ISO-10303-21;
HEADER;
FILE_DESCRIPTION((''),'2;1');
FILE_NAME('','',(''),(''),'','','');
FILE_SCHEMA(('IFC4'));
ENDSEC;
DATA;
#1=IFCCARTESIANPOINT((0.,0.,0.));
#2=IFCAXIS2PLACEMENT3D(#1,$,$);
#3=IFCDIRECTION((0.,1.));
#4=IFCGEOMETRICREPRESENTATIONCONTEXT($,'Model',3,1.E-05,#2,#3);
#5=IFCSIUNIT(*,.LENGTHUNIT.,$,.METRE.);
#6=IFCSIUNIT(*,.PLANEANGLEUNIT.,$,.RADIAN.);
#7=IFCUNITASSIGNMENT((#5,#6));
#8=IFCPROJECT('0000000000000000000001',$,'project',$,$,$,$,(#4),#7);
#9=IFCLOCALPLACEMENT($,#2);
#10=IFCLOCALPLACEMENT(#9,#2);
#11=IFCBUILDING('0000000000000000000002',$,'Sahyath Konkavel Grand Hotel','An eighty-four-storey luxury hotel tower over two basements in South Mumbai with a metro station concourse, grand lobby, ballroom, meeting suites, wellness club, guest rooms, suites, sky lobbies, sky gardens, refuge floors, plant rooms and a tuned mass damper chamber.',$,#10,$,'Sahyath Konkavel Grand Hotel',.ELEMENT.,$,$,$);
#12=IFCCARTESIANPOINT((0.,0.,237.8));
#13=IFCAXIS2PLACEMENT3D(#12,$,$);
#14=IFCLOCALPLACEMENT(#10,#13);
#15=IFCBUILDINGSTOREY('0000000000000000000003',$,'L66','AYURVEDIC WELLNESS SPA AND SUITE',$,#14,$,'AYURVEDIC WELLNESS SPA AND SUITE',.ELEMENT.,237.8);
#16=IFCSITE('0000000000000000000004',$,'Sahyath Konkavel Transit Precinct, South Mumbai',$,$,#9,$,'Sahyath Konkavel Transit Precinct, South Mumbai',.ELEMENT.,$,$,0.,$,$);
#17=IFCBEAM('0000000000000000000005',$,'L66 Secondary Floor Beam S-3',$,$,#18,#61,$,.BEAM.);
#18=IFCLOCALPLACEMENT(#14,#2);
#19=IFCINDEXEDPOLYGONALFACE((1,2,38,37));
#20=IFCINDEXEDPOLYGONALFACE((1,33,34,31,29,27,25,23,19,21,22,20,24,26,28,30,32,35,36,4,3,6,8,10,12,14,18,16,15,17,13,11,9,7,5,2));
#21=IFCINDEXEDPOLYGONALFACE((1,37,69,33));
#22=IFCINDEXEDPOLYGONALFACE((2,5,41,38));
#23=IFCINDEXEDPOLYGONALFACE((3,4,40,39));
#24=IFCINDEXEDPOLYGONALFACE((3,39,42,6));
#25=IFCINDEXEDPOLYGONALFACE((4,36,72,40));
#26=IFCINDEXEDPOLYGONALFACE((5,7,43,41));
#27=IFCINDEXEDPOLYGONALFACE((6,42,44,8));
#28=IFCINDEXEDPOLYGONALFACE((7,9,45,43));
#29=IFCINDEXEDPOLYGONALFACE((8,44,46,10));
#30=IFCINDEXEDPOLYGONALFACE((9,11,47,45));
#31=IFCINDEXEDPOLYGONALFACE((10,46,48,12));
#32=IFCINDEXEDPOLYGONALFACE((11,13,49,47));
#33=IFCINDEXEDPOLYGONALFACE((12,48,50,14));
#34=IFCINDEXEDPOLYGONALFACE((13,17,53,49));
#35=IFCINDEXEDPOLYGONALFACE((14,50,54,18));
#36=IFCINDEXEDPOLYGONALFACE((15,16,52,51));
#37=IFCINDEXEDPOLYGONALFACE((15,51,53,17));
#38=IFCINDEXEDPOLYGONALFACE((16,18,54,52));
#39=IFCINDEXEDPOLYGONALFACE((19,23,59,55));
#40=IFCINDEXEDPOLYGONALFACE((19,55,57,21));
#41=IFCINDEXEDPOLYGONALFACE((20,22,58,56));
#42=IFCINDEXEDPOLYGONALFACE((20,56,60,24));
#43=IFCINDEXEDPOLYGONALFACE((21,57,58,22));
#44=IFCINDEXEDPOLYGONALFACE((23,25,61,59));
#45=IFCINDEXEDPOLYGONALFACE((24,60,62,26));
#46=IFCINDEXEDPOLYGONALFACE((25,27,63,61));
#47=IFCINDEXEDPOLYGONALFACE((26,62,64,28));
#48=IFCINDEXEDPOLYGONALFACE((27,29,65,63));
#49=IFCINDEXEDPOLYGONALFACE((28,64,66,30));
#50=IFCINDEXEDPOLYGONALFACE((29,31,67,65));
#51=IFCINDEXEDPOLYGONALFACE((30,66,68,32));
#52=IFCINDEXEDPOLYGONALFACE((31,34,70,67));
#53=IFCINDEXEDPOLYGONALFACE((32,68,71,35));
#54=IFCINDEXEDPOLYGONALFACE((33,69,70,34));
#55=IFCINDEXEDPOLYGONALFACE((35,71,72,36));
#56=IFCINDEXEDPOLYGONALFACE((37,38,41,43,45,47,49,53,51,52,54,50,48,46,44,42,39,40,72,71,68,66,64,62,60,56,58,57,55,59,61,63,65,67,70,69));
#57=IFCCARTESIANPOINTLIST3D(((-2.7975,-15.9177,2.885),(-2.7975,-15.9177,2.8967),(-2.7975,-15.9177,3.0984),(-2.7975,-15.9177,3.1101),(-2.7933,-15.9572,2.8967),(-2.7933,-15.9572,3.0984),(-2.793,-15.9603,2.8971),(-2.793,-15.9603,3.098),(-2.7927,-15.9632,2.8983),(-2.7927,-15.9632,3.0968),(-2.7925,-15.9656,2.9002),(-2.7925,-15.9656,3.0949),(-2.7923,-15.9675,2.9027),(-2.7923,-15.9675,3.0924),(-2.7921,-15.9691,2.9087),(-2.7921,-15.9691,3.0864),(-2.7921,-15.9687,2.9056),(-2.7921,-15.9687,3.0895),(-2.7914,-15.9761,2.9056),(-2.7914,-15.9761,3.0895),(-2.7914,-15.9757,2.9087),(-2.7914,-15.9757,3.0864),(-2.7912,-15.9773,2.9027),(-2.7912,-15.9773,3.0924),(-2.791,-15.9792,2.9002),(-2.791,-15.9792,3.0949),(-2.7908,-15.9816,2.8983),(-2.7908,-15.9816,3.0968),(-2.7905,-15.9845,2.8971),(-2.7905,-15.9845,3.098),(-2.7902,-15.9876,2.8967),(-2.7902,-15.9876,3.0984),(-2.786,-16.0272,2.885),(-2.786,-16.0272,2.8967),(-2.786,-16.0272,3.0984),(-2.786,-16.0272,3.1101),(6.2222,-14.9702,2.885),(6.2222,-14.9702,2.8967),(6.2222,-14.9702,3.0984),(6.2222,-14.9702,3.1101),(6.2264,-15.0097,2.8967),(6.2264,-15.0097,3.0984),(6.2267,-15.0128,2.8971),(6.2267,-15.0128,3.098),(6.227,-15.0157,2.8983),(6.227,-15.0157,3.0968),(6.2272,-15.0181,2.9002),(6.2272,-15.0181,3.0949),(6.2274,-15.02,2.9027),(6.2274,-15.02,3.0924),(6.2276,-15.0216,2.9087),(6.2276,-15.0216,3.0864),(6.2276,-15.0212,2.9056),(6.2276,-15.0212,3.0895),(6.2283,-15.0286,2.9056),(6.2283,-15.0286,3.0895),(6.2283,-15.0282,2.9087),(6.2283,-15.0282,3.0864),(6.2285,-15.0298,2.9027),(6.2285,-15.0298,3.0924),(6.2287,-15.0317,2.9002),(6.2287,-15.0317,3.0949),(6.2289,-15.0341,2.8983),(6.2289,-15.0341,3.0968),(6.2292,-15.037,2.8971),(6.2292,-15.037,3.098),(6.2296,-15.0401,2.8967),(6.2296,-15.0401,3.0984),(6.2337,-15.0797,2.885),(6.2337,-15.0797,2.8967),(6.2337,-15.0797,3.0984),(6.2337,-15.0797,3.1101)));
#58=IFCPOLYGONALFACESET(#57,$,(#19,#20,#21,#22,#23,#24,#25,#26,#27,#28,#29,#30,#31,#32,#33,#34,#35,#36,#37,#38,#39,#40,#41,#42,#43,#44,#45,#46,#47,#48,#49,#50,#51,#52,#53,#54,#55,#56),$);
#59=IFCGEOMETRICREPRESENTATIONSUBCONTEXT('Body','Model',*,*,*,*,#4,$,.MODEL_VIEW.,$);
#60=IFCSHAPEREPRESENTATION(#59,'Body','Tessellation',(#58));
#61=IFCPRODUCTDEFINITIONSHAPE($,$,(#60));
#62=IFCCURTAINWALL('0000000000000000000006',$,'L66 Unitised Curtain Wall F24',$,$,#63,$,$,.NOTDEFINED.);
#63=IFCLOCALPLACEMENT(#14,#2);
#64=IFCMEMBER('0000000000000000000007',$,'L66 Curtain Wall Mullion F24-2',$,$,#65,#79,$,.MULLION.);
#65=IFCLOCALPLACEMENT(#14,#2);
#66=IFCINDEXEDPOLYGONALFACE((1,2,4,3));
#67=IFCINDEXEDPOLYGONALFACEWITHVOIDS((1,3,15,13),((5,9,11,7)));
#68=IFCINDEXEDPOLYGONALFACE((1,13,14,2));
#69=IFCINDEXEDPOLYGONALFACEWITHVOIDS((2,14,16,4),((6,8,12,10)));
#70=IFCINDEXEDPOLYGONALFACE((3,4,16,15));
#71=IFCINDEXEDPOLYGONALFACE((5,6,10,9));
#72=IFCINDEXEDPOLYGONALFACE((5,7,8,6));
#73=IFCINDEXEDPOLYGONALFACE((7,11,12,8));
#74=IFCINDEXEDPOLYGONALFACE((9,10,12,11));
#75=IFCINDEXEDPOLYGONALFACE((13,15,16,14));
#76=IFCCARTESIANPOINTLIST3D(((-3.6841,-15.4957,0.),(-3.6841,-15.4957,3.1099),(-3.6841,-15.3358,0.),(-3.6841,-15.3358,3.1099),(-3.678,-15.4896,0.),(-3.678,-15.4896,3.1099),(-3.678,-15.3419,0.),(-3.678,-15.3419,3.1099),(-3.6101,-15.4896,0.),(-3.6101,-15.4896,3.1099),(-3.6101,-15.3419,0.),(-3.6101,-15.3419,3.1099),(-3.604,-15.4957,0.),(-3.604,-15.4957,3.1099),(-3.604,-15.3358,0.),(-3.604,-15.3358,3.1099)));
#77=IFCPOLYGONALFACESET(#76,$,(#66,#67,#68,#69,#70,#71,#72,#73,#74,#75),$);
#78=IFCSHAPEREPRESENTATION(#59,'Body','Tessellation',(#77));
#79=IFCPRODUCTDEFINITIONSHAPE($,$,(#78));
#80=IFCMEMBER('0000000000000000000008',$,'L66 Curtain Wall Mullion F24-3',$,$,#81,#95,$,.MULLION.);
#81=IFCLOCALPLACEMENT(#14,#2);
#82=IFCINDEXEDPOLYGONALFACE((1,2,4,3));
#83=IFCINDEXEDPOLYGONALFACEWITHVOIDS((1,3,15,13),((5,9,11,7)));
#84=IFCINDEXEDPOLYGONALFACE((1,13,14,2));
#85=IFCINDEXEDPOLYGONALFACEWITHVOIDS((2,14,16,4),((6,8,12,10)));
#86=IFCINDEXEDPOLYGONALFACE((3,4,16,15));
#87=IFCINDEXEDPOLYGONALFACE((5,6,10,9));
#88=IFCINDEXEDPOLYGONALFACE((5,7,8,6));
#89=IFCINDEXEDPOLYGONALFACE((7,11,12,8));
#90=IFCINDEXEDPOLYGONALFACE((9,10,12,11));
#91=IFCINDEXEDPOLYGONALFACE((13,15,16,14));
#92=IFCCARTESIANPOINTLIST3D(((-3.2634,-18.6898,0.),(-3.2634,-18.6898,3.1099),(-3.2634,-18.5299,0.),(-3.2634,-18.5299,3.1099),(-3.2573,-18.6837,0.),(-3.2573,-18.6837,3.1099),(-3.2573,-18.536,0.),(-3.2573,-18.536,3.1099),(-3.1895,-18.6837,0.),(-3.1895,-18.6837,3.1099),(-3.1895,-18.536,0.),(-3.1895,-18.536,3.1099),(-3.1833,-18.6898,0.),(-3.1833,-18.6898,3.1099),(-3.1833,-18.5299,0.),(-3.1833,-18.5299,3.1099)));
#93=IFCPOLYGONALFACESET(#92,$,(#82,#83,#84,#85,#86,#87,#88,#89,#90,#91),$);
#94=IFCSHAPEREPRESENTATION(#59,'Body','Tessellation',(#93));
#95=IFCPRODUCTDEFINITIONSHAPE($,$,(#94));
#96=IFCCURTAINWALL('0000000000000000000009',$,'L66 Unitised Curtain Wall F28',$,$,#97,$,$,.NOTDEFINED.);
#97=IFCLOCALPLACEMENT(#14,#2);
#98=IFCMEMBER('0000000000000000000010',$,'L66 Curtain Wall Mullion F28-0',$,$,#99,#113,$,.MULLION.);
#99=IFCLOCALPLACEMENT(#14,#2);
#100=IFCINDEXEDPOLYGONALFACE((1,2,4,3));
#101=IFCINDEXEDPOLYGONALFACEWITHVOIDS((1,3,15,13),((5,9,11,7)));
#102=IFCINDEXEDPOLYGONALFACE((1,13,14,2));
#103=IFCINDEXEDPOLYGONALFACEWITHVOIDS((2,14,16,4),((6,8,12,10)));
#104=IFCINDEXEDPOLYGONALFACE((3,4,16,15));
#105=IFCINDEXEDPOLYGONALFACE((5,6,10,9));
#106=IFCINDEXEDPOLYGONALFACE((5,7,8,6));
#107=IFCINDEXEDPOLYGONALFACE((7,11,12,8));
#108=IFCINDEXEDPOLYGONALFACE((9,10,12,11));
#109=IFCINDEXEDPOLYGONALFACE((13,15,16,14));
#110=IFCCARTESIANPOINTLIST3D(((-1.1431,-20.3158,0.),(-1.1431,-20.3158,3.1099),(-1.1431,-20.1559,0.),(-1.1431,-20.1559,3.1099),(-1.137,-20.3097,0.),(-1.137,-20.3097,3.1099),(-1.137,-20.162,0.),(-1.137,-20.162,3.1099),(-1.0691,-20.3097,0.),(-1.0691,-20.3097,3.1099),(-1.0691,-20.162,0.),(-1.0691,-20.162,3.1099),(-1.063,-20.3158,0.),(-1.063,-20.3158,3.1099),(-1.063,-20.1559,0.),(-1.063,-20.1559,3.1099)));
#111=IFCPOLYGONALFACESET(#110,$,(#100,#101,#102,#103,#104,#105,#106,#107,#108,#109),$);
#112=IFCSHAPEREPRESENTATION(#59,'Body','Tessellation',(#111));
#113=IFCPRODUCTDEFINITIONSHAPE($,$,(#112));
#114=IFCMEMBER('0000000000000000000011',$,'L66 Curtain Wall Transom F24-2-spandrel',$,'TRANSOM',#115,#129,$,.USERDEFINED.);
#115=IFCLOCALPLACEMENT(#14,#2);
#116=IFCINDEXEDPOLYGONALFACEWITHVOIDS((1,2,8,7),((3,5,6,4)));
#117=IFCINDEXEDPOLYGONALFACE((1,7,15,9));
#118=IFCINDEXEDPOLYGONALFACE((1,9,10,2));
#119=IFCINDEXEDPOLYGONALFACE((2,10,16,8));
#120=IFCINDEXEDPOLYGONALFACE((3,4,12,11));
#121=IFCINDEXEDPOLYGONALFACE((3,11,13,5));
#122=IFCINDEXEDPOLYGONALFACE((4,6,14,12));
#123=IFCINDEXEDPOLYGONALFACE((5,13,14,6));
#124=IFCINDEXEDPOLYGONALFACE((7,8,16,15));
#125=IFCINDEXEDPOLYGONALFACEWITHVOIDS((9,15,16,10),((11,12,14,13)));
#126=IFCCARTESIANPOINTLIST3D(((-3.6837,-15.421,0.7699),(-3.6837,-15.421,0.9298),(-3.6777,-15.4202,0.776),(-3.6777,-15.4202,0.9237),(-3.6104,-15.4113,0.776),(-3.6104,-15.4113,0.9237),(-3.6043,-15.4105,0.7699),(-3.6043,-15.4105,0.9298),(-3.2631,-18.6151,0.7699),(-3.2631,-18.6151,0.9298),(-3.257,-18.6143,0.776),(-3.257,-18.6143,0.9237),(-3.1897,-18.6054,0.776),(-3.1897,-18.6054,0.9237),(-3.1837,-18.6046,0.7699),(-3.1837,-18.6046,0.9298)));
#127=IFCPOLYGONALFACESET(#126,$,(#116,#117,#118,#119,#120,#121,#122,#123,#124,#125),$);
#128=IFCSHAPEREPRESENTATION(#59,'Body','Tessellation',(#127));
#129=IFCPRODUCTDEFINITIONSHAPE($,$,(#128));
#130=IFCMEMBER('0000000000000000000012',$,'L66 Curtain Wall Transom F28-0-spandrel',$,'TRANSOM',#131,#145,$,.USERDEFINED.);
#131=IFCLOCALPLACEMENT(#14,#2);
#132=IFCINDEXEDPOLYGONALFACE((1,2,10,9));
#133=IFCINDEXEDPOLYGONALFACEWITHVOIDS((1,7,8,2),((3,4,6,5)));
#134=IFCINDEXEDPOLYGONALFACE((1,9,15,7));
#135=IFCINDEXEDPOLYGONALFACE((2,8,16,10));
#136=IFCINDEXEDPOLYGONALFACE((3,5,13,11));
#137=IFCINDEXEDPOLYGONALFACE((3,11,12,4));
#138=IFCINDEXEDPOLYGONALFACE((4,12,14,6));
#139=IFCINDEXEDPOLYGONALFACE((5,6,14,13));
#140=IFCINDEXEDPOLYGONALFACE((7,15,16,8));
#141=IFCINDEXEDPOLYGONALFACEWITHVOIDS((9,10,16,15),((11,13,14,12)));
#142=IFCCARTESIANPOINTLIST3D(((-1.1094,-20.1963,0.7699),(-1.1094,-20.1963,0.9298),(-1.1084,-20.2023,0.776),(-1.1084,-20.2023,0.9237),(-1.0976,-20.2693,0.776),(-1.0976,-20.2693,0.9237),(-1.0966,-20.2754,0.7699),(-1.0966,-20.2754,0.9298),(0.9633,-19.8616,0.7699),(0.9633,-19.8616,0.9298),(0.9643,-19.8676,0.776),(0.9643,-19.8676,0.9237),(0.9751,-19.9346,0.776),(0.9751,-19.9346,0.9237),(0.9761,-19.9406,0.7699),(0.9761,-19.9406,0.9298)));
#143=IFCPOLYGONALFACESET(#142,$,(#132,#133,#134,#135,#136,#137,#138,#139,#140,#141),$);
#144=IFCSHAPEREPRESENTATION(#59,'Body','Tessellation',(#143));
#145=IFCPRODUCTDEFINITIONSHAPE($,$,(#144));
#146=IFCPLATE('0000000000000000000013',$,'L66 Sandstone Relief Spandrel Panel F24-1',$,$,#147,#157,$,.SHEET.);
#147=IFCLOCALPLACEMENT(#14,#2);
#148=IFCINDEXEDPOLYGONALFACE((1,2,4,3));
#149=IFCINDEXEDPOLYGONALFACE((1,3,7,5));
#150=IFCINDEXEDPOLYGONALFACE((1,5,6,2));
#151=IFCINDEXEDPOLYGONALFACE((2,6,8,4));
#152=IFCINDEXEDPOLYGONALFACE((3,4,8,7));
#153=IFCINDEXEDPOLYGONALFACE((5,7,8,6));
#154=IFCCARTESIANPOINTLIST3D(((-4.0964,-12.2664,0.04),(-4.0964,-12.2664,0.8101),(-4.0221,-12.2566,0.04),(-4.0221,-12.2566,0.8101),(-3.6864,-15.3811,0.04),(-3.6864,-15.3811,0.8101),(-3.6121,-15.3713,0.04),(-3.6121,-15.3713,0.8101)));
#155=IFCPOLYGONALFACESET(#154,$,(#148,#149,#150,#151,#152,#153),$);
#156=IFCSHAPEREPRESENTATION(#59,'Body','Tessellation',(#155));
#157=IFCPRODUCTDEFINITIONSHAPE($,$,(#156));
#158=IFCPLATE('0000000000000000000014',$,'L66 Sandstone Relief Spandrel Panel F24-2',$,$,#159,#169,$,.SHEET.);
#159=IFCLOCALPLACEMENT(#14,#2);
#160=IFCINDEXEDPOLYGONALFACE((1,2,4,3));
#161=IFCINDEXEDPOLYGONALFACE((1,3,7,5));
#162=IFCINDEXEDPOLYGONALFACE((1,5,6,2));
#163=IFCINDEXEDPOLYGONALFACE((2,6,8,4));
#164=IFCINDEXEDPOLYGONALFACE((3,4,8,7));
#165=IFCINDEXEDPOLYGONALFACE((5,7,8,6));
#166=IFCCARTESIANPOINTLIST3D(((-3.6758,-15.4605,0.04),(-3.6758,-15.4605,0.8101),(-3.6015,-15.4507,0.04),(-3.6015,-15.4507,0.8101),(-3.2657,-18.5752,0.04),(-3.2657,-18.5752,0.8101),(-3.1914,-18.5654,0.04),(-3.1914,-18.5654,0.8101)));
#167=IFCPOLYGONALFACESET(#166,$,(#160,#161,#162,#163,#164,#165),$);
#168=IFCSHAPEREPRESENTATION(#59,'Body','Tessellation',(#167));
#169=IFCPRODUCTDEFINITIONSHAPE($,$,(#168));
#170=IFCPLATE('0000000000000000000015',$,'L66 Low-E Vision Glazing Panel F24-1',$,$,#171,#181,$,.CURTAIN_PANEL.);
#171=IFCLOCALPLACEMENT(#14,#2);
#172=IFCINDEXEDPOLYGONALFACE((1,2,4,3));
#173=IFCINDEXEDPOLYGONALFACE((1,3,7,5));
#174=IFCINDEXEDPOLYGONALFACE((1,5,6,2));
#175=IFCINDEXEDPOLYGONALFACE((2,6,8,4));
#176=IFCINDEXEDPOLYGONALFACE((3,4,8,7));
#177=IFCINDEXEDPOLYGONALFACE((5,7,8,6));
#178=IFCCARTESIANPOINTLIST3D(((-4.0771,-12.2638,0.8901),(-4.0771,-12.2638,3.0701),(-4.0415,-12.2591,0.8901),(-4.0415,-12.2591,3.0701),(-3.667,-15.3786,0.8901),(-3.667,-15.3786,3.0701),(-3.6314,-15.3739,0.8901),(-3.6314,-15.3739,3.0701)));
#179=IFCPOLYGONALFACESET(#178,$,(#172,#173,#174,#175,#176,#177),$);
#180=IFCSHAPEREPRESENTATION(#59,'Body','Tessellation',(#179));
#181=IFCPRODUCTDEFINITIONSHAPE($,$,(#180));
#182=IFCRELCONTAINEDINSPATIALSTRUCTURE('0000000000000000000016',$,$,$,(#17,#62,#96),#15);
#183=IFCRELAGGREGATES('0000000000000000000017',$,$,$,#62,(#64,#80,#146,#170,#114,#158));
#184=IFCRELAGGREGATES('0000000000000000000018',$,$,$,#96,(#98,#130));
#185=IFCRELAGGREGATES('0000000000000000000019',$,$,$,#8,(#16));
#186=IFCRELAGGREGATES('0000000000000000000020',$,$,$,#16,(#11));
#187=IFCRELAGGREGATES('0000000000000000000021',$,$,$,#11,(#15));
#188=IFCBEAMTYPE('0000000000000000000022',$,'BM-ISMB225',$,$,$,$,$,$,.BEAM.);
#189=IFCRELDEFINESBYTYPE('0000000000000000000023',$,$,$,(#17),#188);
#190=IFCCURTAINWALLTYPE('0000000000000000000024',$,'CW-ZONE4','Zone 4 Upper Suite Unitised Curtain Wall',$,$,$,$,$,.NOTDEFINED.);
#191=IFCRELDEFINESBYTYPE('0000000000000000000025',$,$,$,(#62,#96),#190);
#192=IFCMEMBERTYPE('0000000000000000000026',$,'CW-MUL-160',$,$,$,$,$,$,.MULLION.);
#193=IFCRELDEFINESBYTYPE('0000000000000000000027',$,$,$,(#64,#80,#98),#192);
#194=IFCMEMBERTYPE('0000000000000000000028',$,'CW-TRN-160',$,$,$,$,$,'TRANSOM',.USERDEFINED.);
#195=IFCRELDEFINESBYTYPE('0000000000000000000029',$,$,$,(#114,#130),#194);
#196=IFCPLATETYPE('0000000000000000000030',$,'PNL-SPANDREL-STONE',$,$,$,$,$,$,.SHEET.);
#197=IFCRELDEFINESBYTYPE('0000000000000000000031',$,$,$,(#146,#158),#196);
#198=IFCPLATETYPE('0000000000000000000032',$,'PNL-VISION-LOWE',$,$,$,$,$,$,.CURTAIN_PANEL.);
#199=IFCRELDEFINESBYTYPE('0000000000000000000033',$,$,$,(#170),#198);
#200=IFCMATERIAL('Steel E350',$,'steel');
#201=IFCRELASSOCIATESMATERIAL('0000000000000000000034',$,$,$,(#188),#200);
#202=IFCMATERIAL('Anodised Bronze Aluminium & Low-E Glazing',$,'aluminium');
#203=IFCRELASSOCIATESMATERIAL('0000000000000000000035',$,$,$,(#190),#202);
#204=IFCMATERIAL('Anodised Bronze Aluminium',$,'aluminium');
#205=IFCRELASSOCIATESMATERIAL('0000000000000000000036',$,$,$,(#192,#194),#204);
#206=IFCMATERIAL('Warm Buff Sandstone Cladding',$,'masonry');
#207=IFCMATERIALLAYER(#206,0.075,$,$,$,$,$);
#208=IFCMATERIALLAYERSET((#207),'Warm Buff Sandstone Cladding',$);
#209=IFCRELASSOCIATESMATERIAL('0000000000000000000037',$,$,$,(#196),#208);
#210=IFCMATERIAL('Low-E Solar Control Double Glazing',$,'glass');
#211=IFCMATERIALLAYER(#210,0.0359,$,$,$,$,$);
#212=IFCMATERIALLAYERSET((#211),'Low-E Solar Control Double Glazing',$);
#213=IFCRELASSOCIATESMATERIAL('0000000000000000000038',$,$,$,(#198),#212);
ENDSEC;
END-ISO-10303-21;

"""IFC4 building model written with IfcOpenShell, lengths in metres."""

from ifc_helpers import new_model, si_unit, direction, frame, origin, origin_2d, place, context, subcontext, project, spatial, rectangle, hollow_rectangle, i_section, extrude, source, transform, mapped, material, layer, layer_set, material_profile, profile_set, type_object, element, aggregate, save


model = new_model("IFC4")

# Units and contexts
model_context = context("Model", 3, precision=1e-05, world=origin(), true_north=direction((0.0, 1.0)))
body_context = subcontext(model_context, "Body", "Model", "MODEL_VIEW")
ifc_project = project(units=[si_unit("LENGTHUNIT", "METRE"), si_unit("PLANEANGLEUNIT", "RADIAN")], contexts=[model_context])

# Site, building, storey
site_placement = place(None, origin())
site = spatial("IfcSite", under=ifc_project, at=site_placement, Name="Sahyath Konkavel Transit Precinct, South Mumbai", LongName="Sahyath Konkavel Transit Precinct, South Mumbai", CompositionType="ELEMENT", RefElevation=0.0)
building_placement = place(site_placement, origin())
building = spatial("IfcBuilding", under=site, at=building_placement, Name="Sahyath Konkavel Grand Hotel", Description="An eighty-four-storey luxury hotel tower over two basements in South Mumbai with a metro station concourse, grand lobby, ballroom, meeting suites, wellness club, guest rooms, suites, sky lobbies, sky gardens, refuge floors, plant rooms and a tuned mass damper chamber.", LongName="Sahyath Konkavel Grand Hotel", CompositionType="ELEMENT")
storey_placement = place(building_placement, frame((0.0, 0.0, 237.8)))
storey = spatial("IfcBuildingStorey", under=building, at=storey_placement, Name="L66", Description="AYURVEDIC WELLNESS SPA AND SUITE", LongName="AYURVEDIC WELLNESS SPA AND SUITE", CompositionType="ELEMENT", Elevation=237.8)

# Beam
ifc_material_1 = material(Name="Steel E350", Category="steel")
ifc_material_profile_1 = material_profile(ifc_material_1, i_section(OverallWidth=0.1101, OverallDepth=0.2251, WebThickness=0.0066, FlangeThickness=0.0117, FilletRadius=0.012, at=origin_2d()), Name="ISMB 225")
ifc_profile_set_1 = profile_set([ifc_material_profile_1], Name="Steel E350")
beam_type_1 = type_object("IfcBeamType", Name="BM-ISMB225", PredefinedType="BEAM", material=ifc_profile_set_1)
shared_shape_1 = source(origin(), body_context, "Body", "SweptSolid", [
    extrude(i_section(OverallWidth=0.1101, OverallDepth=0.2251, WebThickness=0.0066, FlangeThickness=0.0117, FilletRadius=0.012, at=origin_2d()), origin(), (0.0, 0.0, 1.0), 9.0693),
])
beam_1_placement = place(storey_placement, frame((-2.7917, -15.9724, 2.9976), z_axis=(0.994528, 0.104473, 0.0), x_axis=(-0.104473, 0.994528, 0.0)))
element("IfcBeam", 1, at=beam_1_placement, inside=storey, type_object=beam_type_1, Name="L66 Secondary Floor Beam S-3", PredefinedType="BEAM", context=body_context, shape_type="MappedRepresentation", body=[
    mapped(shared_shape_1, transform((0.0, 0.0, 0.0), scale=1.0)),
])

# Curtain wall, members
ifc_material_2 = material(Name="Anodised Bronze Aluminium & Low-E Glazing", Category="aluminium")
curtain_wall_type = type_object("IfcCurtainWallType", Name="CW-ZONE4", Description="Zone 4 Upper Suite Unitised Curtain Wall", PredefinedType="NOTDEFINED", material=ifc_material_2)
curtain_wall_1_placement = place(storey_placement, origin())
curtain_wall_1 = element("IfcCurtainWall", 2, at=curtain_wall_1_placement, inside=storey, type_object=curtain_wall_type, Name="L66 Unitised Curtain Wall F24", PredefinedType="NOTDEFINED")
ifc_material_3 = material(Name="Anodised Bronze Aluminium", Category="aluminium")
ifc_material_profile_2 = material_profile(ifc_material_3, hollow_rectangle(XDim=0.0801, YDim=0.1599, WallThickness=0.0061, at=origin_2d()), Name="RHS 160x80x6")
ifc_profile_set_2 = profile_set([ifc_material_profile_2], Name="Anodised Bronze Aluminium")
member_type_1 = type_object("IfcMemberType", Name="CW-MUL-160", PredefinedType="MULLION", material=ifc_profile_set_2)
shared_shape_2 = source(origin(), body_context, "Body", "SweptSolid", [
    extrude(hollow_rectangle(XDim=0.0801, YDim=0.1599, WallThickness=0.0061, at=origin_2d()), origin(), (0.0, 0.0, 1.0), 3.1099),
])
member_1_placement = place(storey_placement, frame((-3.644, -15.4158, 0.0), z_axis=(0.0, 0.0, 1.0), x_axis=(1.0, 0.0, 0.0)))
member_1 = element("IfcMember", 3, at=member_1_placement, type_object=member_type_1, Name="L66 Curtain Wall Mullion F24-2", PredefinedType="MULLION", context=body_context, shape_type="MappedRepresentation", body=[
    mapped(shared_shape_2, transform((0.0, 0.0, 0.0), scale=1.0)),
])
member_2_placement = place(storey_placement, frame((-3.2234, -18.6099, 0.0), z_axis=(0.0, 0.0, 1.0), x_axis=(1.0, 0.0, 0.0)))
member_2 = element("IfcMember", 4, at=member_2_placement, type_object=member_type_1, Name="L66 Curtain Wall Mullion F24-3", PredefinedType="MULLION", context=body_context, shape_type="MappedRepresentation", body=[
    mapped(shared_shape_2, transform((0.0, 0.0, 0.0), scale=1.0)),
])

# Curtain wall, member
curtain_wall_2_placement = place(storey_placement, origin())
curtain_wall_2 = element("IfcCurtainWall", 5, at=curtain_wall_2_placement, inside=storey, type_object=curtain_wall_type, Name="L66 Unitised Curtain Wall F28", PredefinedType="NOTDEFINED")
member_3_placement = place(storey_placement, frame((-1.103, -20.2358, 0.0), z_axis=(0.0, 0.0, 1.0), x_axis=(1.0, 0.0, 0.0)))
member_3 = element("IfcMember", 6, at=member_3_placement, type_object=member_type_1, Name="L66 Curtain Wall Mullion F28-0", PredefinedType="MULLION", context=body_context, shape_type="MappedRepresentation", body=[
    mapped(shared_shape_2, transform((0.0, 0.0, 0.0), scale=1.0)),
])

# Members
ifc_material_profile_3 = material_profile(ifc_material_3, hollow_rectangle(XDim=0.0801, YDim=0.1599, WallThickness=0.0061, at=origin_2d()), Name="RHS 160x80x6")
ifc_profile_set_3 = profile_set([ifc_material_profile_3], Name="Anodised Bronze Aluminium")
member_type_2 = type_object("IfcMemberType", Name="CW-TRN-160", ElementType="TRANSOM", PredefinedType="USERDEFINED", material=ifc_profile_set_3)
shared_shape_3 = source(origin(), body_context, "Body", "SweptSolid", [
    extrude(hollow_rectangle(XDim=0.0801, YDim=0.1599, WallThickness=0.0061, at=origin_2d()), origin(), (0.0, 0.0, 1.0), 3.2217),
])
member_4_placement = place(storey_placement, frame((-3.644, -15.4158, 0.8499), z_axis=(0.13057, -0.991439, 0.0), x_axis=(0.991439, 0.13057, 0.0)))
member_4 = element("IfcMember", 7, at=member_4_placement, type_object=member_type_2, Name="L66 Curtain Wall Transom F24-2-spandrel", ObjectType="TRANSOM", PredefinedType="USERDEFINED", context=body_context, shape_type="MappedRepresentation", body=[
    mapped(shared_shape_3, transform((0.0, 0.0, 0.0), scale=1.0)),
])
shared_shape_4 = source(origin(), body_context, "Body", "SweptSolid", [
    extrude(hollow_rectangle(XDim=0.0801, YDim=0.1599, WallThickness=0.0061, at=origin_2d()), origin(), (0.0, 0.0, 1.0), 2.0996),
])
member_5_placement = place(storey_placement, frame((-1.103, -20.2358, 0.8499), z_axis=(0.987211, 0.159419, 0.0), x_axis=(-0.159419, 0.987211, 0.0)))
member_5 = element("IfcMember", 8, at=member_5_placement, type_object=member_type_2, Name="L66 Curtain Wall Transom F28-0-spandrel", ObjectType="TRANSOM", PredefinedType="USERDEFINED", context=body_context, shape_type="MappedRepresentation", body=[
    mapped(shared_shape_4, transform((0.0, 0.0, 0.0), scale=1.0)),
])

# Plates
ifc_material_4 = material(Name="Warm Buff Sandstone Cladding", Category="masonry")
ifc_layer_1 = layer(ifc_material_4, 0.075)
ifc_layer_set_1 = layer_set([ifc_layer_1], Name="Warm Buff Sandstone Cladding")
plate_type_1 = type_object("IfcPlateType", Name="PNL-SPANDREL-STONE", PredefinedType="SHEET", material=ifc_layer_set_1)
shared_shape_5 = source(origin(), body_context, "Body", "SweptSolid", [
    extrude(rectangle(XDim=3.1416, YDim=0.075, at=origin_2d()), origin(), (0.0, 0.0, 1.0), 0.77),
])
plate_1_placement = place(storey_placement, frame((-3.8542, -13.8188, 0.04), z_axis=(0.0, 0.0, 1.0), x_axis=(0.130526, -0.991445, 0.0)))
plate_1 = element("IfcPlate", 9, at=plate_1_placement, type_object=plate_type_1, Name="L66 Sandstone Relief Spandrel Panel F24-1", PredefinedType="SHEET", context=body_context, shape_type="MappedRepresentation", body=[
    mapped(shared_shape_5, transform((0.0, 0.0, 0.0), scale=1.0)),
])
plate_2_placement = place(storey_placement, frame((-3.4336, -17.0129, 0.04), z_axis=(0.0, 0.0, 1.0), x_axis=(0.130526, -0.991445, 0.0)))
plate_2 = element("IfcPlate", 10, at=plate_2_placement, type_object=plate_type_1, Name="L66 Sandstone Relief Spandrel Panel F24-2", PredefinedType="SHEET", context=body_context, shape_type="MappedRepresentation", body=[
    mapped(shared_shape_5, transform((0.0, 0.0, 0.0), scale=1.0)),
])
ifc_material_5 = material(Name="Low-E Solar Control Double Glazing", Category="glass")
ifc_layer_2 = layer(ifc_material_5, 0.0359)
ifc_layer_set_2 = layer_set([ifc_layer_2], Name="Low-E Solar Control Double Glazing")
plate_type_2 = type_object("IfcPlateType", Name="PNL-VISION-LOWE", PredefinedType="CURTAIN_PANEL", material=ifc_layer_set_2)
shared_shape_6 = source(origin(), body_context, "Body", "SweptSolid", [
    extrude(rectangle(XDim=3.1416, YDim=0.0359, at=origin_2d()), origin(), (0.0, 0.0, 1.0), 2.1799),
])
plate_3_placement = place(storey_placement, frame((-3.8542, -13.8188, 0.8901), z_axis=(0.0, 0.0, 1.0), x_axis=(0.130526, -0.991445, 0.0)))
plate_3 = element("IfcPlate", 11, at=plate_3_placement, type_object=plate_type_2, Name="L66 Low-E Vision Glazing Panel F24-1", PredefinedType="CURTAIN_PANEL", context=body_context, shape_type="MappedRepresentation", body=[
    mapped(shared_shape_6, transform((0.0, 0.0, 0.0), scale=1.0)),
])
aggregate(curtain_wall_1, [member_1, member_2, plate_1, plate_3, member_4, plate_2])
aggregate(curtain_wall_2, [member_3, member_5])

save(model, "model.ifc")
